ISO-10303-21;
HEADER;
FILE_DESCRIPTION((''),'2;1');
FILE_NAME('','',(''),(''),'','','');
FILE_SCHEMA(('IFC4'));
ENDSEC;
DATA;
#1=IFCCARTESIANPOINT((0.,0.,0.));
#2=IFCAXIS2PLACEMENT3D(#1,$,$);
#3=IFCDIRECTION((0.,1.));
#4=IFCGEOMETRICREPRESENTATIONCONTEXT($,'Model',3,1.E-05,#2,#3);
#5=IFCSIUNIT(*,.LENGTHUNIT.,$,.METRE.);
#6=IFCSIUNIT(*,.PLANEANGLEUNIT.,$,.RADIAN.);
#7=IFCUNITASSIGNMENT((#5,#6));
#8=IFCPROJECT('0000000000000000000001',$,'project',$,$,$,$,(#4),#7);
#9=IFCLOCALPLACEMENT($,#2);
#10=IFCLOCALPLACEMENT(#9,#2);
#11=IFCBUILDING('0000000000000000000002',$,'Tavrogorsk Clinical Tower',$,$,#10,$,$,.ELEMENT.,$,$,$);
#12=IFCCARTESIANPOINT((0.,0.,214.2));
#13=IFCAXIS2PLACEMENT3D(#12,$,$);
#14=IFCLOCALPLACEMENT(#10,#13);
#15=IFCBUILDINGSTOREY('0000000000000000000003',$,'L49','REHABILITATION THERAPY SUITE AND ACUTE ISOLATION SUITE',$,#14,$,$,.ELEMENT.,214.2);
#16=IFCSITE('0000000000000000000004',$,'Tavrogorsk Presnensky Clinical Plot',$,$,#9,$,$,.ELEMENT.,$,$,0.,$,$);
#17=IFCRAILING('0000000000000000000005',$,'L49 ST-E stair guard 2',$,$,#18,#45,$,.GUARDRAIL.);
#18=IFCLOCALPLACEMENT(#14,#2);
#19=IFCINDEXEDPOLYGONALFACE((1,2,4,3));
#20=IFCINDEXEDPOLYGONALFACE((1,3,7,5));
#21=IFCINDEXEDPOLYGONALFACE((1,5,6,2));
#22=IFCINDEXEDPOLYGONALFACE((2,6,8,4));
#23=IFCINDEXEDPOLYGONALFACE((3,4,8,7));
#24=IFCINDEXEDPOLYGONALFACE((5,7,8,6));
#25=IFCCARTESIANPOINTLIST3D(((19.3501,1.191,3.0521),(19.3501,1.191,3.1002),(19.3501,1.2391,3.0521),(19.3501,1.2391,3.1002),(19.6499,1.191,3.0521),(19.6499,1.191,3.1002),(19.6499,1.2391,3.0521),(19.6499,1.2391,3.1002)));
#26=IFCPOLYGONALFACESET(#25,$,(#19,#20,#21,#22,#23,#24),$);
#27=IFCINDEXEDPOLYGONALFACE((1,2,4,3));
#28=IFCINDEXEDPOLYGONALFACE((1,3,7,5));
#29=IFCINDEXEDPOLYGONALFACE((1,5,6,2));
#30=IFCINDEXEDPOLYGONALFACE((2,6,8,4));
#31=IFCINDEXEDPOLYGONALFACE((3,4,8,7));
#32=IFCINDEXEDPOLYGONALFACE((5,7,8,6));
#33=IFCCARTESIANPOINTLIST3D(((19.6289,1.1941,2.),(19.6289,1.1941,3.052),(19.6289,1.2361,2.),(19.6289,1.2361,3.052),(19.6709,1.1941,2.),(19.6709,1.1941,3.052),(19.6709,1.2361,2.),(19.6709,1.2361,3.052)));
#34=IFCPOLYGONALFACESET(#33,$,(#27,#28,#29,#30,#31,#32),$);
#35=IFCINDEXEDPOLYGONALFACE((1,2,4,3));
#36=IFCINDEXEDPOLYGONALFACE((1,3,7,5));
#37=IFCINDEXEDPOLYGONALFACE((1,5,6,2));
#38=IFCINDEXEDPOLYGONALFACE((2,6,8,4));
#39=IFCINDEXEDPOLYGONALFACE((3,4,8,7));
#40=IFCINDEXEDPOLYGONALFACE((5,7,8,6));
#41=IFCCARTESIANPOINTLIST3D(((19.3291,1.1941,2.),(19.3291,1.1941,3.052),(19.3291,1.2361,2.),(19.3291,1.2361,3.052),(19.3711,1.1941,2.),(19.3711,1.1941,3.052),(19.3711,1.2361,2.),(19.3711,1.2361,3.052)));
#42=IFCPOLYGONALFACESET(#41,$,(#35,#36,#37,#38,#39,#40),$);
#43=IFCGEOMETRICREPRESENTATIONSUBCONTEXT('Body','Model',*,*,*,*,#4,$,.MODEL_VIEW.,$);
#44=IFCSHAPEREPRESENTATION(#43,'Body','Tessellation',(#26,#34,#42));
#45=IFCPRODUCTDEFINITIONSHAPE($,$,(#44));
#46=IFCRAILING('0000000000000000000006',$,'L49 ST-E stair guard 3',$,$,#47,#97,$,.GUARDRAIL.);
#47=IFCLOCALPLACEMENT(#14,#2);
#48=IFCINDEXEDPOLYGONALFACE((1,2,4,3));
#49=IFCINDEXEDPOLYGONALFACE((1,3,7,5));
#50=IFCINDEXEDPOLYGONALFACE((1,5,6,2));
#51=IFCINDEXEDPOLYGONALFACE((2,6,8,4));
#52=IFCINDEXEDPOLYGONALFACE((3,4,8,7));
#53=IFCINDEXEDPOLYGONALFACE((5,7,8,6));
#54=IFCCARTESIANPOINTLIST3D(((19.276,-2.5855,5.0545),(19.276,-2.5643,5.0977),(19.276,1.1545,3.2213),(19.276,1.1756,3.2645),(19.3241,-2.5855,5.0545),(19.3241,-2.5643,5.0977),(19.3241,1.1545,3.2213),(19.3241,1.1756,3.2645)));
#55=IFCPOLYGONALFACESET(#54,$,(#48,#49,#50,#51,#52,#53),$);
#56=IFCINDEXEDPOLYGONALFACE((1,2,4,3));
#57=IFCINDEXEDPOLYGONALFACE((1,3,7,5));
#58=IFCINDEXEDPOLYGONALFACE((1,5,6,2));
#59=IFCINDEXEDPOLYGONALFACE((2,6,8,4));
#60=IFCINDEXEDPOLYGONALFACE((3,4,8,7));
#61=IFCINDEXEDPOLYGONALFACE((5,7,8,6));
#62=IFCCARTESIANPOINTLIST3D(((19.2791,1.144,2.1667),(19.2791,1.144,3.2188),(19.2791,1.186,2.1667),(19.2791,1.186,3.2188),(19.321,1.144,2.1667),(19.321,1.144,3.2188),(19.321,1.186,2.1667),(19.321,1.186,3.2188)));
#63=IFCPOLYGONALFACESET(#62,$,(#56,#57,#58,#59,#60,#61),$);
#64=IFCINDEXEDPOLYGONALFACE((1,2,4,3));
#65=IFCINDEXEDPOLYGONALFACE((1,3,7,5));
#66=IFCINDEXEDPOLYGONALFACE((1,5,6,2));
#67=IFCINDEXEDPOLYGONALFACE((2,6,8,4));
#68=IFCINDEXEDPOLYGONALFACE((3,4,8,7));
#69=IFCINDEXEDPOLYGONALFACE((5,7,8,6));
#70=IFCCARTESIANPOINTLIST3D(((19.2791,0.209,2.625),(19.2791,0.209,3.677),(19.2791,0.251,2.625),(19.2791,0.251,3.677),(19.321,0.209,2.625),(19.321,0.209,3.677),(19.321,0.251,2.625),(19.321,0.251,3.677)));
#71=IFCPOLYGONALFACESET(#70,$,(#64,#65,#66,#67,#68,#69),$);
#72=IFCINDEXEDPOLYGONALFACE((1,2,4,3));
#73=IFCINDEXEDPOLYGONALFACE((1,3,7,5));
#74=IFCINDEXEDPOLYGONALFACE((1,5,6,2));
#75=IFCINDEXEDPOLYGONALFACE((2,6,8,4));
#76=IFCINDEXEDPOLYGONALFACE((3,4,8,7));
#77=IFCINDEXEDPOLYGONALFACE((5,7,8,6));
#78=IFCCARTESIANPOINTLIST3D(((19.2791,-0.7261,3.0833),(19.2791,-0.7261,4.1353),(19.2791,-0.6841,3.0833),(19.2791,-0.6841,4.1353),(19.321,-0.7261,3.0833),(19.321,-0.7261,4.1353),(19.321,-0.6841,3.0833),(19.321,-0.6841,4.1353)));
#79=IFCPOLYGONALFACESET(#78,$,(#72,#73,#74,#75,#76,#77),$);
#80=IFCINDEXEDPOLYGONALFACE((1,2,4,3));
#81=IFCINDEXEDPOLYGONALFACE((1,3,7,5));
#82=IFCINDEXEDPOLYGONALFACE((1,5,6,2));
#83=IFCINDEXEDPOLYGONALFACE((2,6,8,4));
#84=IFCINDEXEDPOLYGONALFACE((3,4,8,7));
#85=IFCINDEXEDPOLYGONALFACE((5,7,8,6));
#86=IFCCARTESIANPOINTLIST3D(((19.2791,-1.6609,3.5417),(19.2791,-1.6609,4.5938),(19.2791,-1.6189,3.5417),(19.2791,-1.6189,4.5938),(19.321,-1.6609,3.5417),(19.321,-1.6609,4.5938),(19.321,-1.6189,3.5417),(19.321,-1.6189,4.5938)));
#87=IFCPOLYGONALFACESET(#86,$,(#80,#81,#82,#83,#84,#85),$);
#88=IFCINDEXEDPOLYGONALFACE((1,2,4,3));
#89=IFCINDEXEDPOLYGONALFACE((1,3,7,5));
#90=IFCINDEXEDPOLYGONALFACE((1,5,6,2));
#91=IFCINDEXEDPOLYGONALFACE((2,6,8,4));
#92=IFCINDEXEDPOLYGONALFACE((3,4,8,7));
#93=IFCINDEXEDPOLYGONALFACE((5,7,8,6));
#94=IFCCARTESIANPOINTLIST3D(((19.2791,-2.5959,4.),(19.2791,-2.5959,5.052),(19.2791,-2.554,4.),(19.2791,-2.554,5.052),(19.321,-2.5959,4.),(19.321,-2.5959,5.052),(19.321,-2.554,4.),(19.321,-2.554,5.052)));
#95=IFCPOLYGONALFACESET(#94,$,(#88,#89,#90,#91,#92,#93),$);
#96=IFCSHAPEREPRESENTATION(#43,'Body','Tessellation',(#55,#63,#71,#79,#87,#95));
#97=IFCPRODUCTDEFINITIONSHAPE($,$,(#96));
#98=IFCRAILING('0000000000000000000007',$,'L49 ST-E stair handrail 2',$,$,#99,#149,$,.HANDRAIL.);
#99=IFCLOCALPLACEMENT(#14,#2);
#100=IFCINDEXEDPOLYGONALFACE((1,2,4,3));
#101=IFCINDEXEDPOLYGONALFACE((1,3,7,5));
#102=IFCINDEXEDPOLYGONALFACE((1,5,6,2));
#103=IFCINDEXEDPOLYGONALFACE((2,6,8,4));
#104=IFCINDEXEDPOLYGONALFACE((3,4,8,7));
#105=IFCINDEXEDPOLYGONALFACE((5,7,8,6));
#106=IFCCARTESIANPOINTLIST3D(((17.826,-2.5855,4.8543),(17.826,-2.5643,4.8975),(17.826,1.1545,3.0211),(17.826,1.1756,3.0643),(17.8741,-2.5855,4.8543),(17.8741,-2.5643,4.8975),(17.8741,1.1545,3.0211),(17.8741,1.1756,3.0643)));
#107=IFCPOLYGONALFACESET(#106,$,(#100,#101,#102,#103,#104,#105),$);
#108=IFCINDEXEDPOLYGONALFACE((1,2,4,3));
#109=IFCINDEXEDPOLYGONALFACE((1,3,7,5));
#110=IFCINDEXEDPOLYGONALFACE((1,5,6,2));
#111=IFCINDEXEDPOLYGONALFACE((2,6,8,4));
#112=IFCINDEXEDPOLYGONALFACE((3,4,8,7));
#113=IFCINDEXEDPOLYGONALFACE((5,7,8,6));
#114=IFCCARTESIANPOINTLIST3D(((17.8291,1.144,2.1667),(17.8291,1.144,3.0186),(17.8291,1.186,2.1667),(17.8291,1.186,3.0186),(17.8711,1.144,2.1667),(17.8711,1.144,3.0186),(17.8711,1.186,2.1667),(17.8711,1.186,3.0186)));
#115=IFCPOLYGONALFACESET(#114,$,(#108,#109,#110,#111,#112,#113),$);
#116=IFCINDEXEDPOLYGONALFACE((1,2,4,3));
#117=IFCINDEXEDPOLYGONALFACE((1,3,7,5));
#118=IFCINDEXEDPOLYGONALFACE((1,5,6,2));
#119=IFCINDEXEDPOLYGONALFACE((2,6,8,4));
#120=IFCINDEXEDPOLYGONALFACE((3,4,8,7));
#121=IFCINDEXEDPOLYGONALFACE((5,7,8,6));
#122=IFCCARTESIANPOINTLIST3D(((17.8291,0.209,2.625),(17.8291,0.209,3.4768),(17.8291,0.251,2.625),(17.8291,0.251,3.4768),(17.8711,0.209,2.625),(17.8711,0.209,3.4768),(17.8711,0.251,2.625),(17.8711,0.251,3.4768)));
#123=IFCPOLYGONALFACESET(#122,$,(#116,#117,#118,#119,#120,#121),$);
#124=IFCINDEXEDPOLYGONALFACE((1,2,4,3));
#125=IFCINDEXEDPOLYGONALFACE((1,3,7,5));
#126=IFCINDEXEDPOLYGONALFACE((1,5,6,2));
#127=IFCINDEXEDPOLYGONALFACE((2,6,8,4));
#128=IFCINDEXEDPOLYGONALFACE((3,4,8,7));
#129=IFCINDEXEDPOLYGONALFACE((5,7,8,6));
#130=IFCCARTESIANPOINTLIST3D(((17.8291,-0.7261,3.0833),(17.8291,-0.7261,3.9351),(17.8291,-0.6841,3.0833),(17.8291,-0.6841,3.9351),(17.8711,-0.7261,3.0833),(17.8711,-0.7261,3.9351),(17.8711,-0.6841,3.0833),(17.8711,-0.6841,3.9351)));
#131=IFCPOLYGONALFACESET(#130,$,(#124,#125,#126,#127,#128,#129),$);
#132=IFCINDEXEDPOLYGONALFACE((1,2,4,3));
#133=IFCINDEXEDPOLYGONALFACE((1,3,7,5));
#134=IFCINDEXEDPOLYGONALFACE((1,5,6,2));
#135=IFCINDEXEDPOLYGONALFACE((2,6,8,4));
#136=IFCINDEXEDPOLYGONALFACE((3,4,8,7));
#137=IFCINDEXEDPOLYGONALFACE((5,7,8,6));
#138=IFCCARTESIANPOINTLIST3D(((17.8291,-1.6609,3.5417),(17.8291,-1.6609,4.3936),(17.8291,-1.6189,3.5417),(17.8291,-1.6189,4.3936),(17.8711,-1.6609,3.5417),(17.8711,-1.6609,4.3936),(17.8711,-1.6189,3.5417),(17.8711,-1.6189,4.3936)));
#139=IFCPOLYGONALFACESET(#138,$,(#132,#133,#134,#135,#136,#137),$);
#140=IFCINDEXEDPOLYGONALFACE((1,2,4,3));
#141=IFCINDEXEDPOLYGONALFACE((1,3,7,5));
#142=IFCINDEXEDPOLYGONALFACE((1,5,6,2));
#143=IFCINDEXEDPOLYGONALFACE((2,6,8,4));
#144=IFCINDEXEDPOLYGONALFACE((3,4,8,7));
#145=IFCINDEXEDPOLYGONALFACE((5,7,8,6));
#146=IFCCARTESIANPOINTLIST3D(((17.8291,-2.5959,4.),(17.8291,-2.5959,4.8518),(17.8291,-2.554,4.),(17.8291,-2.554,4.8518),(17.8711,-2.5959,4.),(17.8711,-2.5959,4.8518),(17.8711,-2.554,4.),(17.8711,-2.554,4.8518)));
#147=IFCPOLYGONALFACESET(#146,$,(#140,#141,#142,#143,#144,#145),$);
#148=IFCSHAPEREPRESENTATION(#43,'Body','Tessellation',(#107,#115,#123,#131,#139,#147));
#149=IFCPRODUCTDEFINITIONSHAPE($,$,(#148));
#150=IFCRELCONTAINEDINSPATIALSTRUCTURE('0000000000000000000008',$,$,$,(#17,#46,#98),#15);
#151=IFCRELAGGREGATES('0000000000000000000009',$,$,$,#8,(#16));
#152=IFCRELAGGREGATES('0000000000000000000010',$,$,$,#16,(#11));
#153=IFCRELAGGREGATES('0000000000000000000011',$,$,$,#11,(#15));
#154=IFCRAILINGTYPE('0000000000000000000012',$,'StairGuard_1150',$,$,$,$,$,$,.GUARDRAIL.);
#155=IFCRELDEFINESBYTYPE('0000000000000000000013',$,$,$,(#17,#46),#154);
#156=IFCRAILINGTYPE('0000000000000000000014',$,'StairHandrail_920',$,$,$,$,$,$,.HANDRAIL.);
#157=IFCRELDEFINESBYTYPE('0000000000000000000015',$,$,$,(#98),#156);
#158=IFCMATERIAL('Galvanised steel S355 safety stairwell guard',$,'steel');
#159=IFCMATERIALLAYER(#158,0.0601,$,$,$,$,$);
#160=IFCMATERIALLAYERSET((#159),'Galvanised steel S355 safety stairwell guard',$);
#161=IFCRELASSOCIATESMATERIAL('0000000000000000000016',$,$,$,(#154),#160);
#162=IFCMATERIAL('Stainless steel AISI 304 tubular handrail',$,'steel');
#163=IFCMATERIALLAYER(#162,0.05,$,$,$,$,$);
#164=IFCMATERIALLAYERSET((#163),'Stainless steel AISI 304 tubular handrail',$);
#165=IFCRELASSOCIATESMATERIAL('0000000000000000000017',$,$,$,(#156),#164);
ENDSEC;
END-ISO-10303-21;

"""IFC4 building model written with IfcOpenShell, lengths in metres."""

from ifc_helpers import new_model, si_unit, direction, frame, origin, origin_2d, place, context, subcontext, project, spatial, rectangle, extrude, material, layer, layer_set, type_object, element, save


model = new_model("IFC4")

# Units and contexts
model_context = context("Model", 3, precision=1e-05, world=origin(), true_north=direction((0.0, 1.0)))
body_context = subcontext(model_context, "Body", "Model", "MODEL_VIEW")
ifc_project = project(units=[si_unit("LENGTHUNIT", "METRE"), si_unit("PLANEANGLEUNIT", "RADIAN")], contexts=[model_context])

# Site, building, storey
site_placement = place(None, origin())
site = spatial("IfcSite", under=ifc_project, at=site_placement, Name="Tavrogorsk Presnensky Clinical Plot", CompositionType="ELEMENT", RefElevation=0.0)
building_placement = place(site_placement, origin())
building = spatial("IfcBuilding", under=site, at=building_placement, Name="Tavrogorsk Clinical Tower", CompositionType="ELEMENT")
storey_placement = place(building_placement, frame((0.0, 0.0, 214.2)))
storey = spatial("IfcBuildingStorey", under=building, at=storey_placement, Name="L49", Description="REHABILITATION THERAPY SUITE AND ACUTE ISOLATION SUITE", CompositionType="ELEMENT", Elevation=214.2)

# Railings
ifc_material_1 = material(Name="Galvanised steel S355 safety stairwell guard", Category="steel")
ifc_layer_1 = layer(ifc_material_1, 0.0601)
ifc_layer_set_1 = layer_set([ifc_layer_1], Name="Galvanised steel S355 safety stairwell guard")
railing_type_1 = type_object("IfcRailingType", Name="StairGuard_1150", PredefinedType="GUARDRAIL", material=ifc_layer_set_1)
railing_1_placement = place(storey_placement, frame((19.6499, 1.2151, 2.0)))
element("IfcRailing", 1, at=railing_1_placement, inside=storey, type_object=railing_type_1, Name="L49 ST-E stair guard 2", PredefinedType="GUARDRAIL", context=body_context, shape_type="SweptSolid", body=[
    extrude(rectangle(XDim=0.0481, YDim=0.0481, at=origin_2d()), frame((0.0, 0.0, 1.0762), z_axis=(-1.0, 0.0, 0.0), x_axis=(0.0, -1.0, 0.0)), (0.0, 0.0, 1.0), 0.2998),
    extrude(rectangle(XDim=0.042, YDim=0.042, at=origin_2d()), origin(), (0.0, 0.0, 1.0), 1.052),
    extrude(rectangle(XDim=0.042, YDim=0.042, at=origin_2d()), frame((-0.2998, 0.0, 0.0)), (0.0, 0.0, 1.0), 1.052),
])
railing_2_placement = place(storey_placement, frame((19.3, 1.165, 2.1667)))
element("IfcRailing", 2, at=railing_2_placement, inside=storey, type_object=railing_type_1, Name="L49 ST-E stair guard 3", PredefinedType="GUARDRAIL", context=body_context, shape_type="SweptSolid", body=[
    extrude(rectangle(XDim=0.0481, YDim=0.0481, at=origin_2d()), frame((0.0, 0.0, 1.0762), z_axis=(0.0, -0.897928, 0.440142), x_axis=(1.0, 0.0, 0.0)), (0.0, 0.0, 1.0), 4.165),
    extrude(rectangle(XDim=0.042, YDim=0.042, at=origin_2d()), origin(), (0.0, 0.0, 1.0), 1.052),
    extrude(rectangle(XDim=0.042, YDim=0.042, at=origin_2d()), frame((0.0, -0.9351, 0.4583)), (0.0, 0.0, 1.0), 1.052),
    extrude(rectangle(XDim=0.042, YDim=0.042, at=origin_2d()), frame((0.0, -1.8701, 0.9165)), (0.0, 0.0, 1.0), 1.052),
    extrude(rectangle(XDim=0.042, YDim=0.042, at=origin_2d()), frame((0.0, -2.8049, 1.375)), (0.0, 0.0, 1.0), 1.052),
    extrude(rectangle(XDim=0.042, YDim=0.042, at=origin_2d()), frame((0.0, -3.74, 1.8333)), (0.0, 0.0, 1.0), 1.052),
])
ifc_material_2 = material(Name="Stainless steel AISI 304 tubular handrail", Category="steel")
ifc_layer_2 = layer(ifc_material_2, 0.05)
ifc_layer_set_2 = layer_set([ifc_layer_2], Name="Stainless steel AISI 304 tubular handrail")
railing_type_2 = type_object("IfcRailingType", Name="StairHandrail_920", PredefinedType="HANDRAIL", material=ifc_layer_set_2)
railing_3_placement = place(storey_placement, frame((17.8501, 1.165, 2.1667)))
element("IfcRailing", 3, at=railing_3_placement, inside=storey, type_object=railing_type_2, Name="L49 ST-E stair handrail 2", PredefinedType="HANDRAIL", context=body_context, shape_type="SweptSolid", body=[
    extrude(rectangle(XDim=0.0481, YDim=0.0481, at=origin_2d()), frame((0.0, 0.0, 0.876), z_axis=(0.0, -0.897928, 0.440142), x_axis=(1.0, 0.0, 0.0)), (0.0, 0.0, 1.0), 4.165),
    extrude(rectangle(XDim=0.042, YDim=0.042, at=origin_2d()), origin(), (0.0, 0.0, 1.0), 0.8518),
    extrude(rectangle(XDim=0.042, YDim=0.042, at=origin_2d()), frame((0.0, -0.9351, 0.4583)), (0.0, 0.0, 1.0), 0.8518),
    extrude(rectangle(XDim=0.042, YDim=0.042, at=origin_2d()), frame((0.0, -1.8701, 0.9165)), (0.0, 0.0, 1.0), 0.8518),
    extrude(rectangle(XDim=0.042, YDim=0.042, at=origin_2d()), frame((0.0, -2.8049, 1.375)), (0.0, 0.0, 1.0), 0.8518),
    extrude(rectangle(XDim=0.042, YDim=0.042, at=origin_2d()), frame((0.0, -3.74, 1.8333)), (0.0, 0.0, 1.0), 0.8518),
])

save(model, "model.ifc")
